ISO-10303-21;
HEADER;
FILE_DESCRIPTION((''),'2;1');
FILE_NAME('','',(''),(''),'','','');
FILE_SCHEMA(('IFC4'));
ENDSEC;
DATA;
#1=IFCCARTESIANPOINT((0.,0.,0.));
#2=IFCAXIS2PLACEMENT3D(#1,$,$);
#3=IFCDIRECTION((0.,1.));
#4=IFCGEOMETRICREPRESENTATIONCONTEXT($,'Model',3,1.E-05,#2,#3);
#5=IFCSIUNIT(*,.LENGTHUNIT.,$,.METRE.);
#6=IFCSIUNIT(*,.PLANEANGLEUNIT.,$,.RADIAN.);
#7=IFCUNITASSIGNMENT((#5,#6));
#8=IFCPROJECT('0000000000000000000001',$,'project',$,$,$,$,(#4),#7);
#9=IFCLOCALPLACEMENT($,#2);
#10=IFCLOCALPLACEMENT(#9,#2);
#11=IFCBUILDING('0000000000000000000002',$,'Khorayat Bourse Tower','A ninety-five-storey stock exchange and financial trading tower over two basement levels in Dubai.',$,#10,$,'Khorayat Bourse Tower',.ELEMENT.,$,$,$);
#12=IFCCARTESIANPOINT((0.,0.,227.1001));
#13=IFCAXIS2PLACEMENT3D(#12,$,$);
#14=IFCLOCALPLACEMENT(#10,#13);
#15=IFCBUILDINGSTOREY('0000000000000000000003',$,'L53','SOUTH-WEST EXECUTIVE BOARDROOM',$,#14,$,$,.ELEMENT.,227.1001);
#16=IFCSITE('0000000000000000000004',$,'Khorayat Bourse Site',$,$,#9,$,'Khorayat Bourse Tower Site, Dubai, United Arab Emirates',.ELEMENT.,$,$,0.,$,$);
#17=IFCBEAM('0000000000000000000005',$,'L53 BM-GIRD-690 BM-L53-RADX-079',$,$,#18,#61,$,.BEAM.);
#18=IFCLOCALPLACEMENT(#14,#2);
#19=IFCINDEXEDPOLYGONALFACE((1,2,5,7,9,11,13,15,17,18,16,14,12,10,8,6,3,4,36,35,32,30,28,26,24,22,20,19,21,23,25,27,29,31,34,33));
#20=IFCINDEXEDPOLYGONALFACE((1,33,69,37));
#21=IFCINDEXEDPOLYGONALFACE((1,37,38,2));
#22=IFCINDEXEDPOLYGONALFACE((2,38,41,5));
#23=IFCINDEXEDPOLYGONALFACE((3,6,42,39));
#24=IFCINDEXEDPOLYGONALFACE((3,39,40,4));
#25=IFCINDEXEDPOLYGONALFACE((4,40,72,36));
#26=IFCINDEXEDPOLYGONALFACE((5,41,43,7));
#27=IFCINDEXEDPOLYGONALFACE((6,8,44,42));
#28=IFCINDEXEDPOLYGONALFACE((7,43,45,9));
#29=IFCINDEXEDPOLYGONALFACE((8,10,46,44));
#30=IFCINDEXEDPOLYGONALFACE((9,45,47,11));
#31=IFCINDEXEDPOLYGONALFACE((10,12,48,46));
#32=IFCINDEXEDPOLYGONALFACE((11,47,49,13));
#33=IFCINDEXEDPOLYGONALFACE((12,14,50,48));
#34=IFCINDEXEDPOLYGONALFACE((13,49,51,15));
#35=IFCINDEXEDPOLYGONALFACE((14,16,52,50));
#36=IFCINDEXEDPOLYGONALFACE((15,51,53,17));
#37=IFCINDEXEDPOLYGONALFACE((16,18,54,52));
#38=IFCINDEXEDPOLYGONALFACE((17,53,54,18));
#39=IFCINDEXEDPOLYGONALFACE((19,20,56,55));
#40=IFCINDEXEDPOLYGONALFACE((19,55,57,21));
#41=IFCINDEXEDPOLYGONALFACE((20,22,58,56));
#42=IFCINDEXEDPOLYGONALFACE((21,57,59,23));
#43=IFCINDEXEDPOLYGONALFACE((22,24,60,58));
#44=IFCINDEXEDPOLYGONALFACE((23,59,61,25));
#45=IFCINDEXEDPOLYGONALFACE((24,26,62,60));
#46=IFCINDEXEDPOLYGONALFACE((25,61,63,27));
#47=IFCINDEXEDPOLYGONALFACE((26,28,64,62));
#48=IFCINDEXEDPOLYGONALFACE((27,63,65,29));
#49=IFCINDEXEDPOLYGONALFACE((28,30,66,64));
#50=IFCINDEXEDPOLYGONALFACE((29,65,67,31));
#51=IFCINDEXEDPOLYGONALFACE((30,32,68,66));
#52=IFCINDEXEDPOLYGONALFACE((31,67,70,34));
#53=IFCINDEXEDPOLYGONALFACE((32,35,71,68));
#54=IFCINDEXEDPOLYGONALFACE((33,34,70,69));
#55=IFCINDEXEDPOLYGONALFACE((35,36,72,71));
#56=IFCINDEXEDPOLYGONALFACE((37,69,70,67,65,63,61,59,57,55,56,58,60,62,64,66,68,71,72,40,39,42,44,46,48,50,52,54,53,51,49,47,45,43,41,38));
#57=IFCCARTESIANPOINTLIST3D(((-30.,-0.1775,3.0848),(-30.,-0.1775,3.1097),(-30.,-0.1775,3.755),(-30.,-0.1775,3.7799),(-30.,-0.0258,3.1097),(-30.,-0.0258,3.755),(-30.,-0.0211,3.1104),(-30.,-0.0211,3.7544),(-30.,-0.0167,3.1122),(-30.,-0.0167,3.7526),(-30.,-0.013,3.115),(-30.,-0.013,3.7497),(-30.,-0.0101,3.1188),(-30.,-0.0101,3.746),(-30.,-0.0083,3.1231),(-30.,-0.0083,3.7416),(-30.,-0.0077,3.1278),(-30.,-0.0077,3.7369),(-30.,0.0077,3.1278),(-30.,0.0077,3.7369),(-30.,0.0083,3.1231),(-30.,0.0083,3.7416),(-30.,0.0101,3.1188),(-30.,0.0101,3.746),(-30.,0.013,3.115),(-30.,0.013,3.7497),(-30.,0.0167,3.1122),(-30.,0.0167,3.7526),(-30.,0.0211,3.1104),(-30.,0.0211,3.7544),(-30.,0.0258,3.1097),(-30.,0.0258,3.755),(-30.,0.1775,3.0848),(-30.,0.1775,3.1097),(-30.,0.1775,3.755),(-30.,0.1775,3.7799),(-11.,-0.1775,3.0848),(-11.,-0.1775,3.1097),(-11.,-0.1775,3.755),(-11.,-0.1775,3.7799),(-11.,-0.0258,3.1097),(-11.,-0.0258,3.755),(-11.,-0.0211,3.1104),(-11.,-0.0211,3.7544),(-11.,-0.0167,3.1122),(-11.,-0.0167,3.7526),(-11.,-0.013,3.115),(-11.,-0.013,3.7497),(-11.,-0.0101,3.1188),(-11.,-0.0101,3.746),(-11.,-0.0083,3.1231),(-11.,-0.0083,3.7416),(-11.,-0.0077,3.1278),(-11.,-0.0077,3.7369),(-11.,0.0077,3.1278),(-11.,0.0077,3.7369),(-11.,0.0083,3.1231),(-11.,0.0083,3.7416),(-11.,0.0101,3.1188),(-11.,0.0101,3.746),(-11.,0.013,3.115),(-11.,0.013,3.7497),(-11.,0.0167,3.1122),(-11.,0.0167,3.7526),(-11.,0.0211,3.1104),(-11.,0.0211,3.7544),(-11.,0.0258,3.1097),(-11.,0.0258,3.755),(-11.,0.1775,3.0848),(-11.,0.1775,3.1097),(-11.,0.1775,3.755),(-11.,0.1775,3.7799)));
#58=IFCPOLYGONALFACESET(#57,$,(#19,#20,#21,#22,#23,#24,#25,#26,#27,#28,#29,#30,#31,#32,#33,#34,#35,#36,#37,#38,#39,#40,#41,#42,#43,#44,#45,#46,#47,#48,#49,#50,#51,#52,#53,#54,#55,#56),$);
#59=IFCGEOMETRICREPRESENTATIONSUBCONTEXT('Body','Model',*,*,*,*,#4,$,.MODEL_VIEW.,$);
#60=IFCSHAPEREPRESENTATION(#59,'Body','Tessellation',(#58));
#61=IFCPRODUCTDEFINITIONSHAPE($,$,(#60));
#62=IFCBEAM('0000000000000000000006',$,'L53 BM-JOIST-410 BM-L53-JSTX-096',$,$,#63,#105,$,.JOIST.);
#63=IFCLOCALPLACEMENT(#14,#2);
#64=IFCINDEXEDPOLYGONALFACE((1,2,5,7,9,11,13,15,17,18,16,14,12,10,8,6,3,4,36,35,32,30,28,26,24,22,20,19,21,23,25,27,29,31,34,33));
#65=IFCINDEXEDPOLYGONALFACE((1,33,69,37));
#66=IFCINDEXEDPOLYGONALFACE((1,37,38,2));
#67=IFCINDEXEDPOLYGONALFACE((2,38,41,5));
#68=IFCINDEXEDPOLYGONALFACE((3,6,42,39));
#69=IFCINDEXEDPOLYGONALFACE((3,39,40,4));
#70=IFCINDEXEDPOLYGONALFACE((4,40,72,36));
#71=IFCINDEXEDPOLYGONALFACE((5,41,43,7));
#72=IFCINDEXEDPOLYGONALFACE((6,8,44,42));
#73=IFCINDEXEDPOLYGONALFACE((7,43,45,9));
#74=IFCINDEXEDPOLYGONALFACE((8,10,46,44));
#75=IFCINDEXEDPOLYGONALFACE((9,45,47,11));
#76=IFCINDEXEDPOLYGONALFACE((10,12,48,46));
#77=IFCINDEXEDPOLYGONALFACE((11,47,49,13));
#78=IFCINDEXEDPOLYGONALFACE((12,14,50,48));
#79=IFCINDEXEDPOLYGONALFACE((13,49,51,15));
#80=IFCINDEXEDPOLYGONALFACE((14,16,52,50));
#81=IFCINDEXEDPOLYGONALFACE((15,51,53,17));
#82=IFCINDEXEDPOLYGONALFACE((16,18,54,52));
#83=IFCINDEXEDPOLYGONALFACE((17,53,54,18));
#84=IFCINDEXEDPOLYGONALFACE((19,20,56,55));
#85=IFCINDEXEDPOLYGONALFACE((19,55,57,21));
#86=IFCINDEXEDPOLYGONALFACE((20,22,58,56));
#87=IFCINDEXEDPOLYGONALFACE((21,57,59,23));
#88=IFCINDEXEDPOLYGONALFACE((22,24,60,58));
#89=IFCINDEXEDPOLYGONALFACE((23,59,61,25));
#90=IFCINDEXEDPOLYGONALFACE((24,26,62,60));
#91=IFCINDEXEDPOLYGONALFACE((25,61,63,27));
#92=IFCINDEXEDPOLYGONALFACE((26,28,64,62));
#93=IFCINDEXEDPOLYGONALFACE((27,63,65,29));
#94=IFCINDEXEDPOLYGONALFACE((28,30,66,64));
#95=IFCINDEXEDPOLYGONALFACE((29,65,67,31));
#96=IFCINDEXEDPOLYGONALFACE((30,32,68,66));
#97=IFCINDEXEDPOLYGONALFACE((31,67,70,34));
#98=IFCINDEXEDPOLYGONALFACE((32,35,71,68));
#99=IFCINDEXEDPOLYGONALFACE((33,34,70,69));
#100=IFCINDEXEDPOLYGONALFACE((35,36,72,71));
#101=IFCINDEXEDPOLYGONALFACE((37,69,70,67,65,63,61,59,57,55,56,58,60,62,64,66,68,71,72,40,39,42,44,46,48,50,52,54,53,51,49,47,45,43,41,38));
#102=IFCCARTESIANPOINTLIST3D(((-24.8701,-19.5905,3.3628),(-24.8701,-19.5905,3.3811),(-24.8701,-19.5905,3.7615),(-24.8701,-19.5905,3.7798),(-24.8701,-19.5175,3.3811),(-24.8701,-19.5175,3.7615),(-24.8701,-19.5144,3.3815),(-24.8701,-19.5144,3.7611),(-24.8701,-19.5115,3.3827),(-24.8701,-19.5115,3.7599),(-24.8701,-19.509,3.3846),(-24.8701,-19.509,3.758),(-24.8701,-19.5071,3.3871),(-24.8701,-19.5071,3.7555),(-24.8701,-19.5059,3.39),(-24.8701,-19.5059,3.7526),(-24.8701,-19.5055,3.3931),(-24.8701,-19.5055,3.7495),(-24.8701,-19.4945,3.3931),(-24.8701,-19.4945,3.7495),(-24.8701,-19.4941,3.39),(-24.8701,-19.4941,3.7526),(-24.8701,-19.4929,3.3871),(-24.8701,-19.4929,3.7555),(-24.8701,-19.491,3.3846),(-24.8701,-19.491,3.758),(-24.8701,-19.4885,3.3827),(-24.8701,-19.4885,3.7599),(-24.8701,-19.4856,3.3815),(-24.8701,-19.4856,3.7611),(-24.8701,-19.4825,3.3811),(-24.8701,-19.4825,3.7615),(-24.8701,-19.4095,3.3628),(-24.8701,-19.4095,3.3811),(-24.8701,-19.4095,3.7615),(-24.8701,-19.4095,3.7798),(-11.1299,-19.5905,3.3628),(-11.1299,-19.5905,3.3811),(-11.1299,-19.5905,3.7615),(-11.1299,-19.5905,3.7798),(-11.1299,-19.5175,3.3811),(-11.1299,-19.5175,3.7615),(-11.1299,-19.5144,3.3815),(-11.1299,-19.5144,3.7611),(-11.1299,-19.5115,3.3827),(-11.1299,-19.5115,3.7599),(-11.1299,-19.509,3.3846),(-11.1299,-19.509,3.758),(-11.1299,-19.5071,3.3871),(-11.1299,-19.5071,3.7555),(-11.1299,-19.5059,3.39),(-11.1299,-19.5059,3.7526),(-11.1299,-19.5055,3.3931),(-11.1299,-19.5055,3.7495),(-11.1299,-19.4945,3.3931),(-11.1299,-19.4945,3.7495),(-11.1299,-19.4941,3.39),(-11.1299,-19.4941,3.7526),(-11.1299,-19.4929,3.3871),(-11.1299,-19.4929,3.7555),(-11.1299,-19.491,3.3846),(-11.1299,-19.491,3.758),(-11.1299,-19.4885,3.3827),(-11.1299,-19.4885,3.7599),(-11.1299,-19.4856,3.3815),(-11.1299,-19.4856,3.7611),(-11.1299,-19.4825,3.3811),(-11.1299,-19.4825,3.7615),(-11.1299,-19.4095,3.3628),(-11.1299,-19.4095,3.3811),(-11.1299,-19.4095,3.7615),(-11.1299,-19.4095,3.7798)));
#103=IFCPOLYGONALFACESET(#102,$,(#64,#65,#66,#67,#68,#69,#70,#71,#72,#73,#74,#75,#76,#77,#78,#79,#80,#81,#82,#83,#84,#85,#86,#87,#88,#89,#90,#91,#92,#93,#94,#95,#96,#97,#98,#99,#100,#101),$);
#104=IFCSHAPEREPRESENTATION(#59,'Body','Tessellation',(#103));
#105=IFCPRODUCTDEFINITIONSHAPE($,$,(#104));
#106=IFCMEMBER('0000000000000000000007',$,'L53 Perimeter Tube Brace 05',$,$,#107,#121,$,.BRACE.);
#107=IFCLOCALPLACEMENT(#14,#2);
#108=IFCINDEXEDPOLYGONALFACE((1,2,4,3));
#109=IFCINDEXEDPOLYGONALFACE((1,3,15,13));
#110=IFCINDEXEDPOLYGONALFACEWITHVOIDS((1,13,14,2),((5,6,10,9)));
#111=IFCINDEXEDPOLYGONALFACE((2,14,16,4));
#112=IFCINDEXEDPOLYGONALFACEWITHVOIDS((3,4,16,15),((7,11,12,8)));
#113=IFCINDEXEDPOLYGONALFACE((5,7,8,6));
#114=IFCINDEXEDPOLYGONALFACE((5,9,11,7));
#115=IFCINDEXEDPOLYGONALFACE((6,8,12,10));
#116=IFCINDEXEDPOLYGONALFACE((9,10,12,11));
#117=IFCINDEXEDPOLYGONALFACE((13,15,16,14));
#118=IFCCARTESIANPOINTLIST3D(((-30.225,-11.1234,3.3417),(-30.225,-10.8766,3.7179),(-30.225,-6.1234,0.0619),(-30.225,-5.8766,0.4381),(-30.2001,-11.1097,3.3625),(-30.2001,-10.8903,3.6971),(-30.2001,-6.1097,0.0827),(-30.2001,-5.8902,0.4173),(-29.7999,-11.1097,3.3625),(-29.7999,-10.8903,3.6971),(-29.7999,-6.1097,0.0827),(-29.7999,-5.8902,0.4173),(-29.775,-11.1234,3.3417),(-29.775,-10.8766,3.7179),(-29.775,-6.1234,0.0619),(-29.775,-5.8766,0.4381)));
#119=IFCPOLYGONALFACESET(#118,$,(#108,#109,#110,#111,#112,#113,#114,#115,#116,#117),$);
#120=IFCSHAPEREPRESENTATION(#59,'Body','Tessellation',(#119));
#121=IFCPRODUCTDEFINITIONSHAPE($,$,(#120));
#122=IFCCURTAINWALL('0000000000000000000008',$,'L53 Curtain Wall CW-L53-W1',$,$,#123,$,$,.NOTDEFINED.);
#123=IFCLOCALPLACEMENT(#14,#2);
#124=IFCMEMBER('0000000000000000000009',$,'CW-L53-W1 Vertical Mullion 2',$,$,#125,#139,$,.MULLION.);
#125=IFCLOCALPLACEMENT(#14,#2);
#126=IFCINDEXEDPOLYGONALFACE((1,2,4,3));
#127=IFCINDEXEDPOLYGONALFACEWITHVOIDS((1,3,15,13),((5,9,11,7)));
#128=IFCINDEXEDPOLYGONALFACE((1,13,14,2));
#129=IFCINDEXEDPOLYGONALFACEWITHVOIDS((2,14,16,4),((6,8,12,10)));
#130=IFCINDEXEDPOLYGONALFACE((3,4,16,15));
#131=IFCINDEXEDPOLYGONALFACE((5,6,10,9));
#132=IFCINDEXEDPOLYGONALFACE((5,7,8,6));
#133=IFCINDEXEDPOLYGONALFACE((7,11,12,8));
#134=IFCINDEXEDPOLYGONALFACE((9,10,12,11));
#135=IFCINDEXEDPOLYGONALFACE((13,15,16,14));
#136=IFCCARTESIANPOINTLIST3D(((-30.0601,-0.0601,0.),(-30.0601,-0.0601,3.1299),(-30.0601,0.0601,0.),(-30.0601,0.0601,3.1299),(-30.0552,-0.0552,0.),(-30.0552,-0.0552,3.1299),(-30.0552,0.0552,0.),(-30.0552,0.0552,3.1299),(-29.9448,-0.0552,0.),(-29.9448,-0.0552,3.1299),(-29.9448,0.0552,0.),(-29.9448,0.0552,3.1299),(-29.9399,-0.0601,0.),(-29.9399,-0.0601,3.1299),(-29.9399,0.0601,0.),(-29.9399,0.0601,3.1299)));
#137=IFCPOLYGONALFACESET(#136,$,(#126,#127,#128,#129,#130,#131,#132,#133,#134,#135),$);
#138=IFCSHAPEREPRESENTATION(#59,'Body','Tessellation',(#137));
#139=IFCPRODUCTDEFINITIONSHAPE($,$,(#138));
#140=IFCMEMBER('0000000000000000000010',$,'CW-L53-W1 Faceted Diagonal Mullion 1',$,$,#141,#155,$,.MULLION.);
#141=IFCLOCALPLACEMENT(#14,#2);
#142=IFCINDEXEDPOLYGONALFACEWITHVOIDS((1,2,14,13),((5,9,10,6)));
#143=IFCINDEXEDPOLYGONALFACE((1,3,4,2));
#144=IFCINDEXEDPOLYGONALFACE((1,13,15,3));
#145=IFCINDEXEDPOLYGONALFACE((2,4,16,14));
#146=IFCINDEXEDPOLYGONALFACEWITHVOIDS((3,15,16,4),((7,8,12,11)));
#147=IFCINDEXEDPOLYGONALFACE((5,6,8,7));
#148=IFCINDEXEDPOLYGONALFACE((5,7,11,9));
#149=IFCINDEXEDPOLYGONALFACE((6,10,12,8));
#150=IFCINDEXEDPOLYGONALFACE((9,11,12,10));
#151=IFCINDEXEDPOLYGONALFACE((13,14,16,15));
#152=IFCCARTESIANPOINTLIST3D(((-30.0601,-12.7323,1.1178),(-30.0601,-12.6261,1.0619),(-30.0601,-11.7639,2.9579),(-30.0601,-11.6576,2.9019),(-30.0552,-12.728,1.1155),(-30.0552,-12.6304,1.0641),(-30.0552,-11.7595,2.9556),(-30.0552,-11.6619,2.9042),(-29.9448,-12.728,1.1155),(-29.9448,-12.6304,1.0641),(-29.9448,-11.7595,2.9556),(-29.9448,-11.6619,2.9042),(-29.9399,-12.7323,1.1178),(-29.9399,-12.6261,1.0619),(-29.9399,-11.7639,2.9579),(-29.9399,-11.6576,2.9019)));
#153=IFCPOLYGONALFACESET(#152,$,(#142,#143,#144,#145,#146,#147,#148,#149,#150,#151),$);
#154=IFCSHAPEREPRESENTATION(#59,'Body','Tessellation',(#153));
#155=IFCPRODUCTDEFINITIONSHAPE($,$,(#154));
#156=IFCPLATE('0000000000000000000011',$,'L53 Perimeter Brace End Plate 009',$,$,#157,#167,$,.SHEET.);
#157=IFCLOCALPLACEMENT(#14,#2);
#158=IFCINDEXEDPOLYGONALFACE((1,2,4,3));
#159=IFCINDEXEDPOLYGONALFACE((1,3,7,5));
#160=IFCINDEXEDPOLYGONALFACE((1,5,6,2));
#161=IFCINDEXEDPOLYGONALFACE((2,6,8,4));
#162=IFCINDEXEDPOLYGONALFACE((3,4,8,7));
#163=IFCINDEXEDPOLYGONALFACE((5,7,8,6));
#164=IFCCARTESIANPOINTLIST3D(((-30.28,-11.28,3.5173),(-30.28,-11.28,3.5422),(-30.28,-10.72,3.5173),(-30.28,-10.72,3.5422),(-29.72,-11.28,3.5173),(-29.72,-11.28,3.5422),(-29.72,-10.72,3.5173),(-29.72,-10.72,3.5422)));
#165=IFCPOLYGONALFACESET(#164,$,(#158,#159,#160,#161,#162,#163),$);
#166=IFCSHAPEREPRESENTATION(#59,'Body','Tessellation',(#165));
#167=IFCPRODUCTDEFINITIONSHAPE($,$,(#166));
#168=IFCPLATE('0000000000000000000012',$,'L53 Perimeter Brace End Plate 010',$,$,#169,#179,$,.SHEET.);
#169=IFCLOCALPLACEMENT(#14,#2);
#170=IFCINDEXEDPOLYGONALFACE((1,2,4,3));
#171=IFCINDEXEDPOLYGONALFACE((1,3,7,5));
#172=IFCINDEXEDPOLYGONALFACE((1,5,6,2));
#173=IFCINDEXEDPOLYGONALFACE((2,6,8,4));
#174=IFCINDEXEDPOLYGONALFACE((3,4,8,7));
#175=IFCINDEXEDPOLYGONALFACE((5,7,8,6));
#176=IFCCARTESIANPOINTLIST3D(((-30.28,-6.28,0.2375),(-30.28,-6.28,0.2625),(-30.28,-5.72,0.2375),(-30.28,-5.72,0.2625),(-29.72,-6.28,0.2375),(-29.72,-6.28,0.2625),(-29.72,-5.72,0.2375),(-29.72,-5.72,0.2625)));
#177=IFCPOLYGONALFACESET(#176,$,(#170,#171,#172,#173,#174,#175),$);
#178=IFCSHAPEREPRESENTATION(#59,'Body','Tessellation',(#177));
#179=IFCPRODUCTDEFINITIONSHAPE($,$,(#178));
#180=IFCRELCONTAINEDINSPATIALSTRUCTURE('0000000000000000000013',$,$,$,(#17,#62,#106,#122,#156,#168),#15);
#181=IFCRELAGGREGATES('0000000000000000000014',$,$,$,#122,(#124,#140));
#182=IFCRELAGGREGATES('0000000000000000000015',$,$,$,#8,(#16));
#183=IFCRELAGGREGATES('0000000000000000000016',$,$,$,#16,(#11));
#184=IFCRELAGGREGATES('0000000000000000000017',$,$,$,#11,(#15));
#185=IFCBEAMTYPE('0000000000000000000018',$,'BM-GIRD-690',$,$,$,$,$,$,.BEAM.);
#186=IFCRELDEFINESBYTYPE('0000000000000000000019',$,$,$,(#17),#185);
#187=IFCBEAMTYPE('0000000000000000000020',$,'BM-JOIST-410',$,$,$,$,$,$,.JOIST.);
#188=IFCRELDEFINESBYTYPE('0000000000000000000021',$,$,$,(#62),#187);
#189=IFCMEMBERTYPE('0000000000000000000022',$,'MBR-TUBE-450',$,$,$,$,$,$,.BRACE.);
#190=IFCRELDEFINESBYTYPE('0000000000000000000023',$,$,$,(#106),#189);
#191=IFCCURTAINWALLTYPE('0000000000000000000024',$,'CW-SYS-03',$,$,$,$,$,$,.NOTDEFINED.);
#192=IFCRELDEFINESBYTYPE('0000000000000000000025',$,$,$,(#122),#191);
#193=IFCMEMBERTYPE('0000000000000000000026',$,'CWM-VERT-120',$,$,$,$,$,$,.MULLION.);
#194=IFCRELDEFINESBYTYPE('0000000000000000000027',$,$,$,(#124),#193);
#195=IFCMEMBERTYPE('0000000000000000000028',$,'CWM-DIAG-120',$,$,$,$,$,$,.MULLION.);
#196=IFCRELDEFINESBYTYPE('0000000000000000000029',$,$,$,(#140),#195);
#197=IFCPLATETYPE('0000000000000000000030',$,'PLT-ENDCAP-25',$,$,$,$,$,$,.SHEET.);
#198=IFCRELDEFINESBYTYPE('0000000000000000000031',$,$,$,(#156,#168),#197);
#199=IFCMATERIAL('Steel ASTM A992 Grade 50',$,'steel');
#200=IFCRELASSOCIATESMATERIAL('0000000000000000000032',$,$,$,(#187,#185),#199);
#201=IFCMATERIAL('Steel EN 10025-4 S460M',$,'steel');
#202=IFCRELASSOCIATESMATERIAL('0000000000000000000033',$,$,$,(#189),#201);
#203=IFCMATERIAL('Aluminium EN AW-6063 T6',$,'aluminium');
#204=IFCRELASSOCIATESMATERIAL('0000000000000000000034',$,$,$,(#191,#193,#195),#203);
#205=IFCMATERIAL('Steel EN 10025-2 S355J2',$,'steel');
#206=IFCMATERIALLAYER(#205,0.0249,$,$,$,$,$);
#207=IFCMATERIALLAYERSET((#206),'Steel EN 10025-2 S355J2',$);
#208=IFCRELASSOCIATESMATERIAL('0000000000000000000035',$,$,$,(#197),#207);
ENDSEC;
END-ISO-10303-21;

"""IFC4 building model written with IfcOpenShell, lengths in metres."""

from ifc_helpers import new_model, si_unit, direction, frame, origin, origin_2d, place, context, subcontext, project, spatial, rectangle, hollow_rectangle, i_section, extrude, source, transform, mapped, material, layer, layer_set, material_profile, profile_set, type_object, element, aggregate, save


model = new_model("IFC4")

# Units and contexts
model_context = context("Model", 3, precision=1e-05, world=origin(), true_north=direction((0.0, 1.0)))
body_context = subcontext(model_context, "Body", "Model", "MODEL_VIEW")
ifc_project = project(units=[si_unit("LENGTHUNIT", "METRE"), si_unit("PLANEANGLEUNIT", "RADIAN")], contexts=[model_context])

# Site, building, storey
site_placement = place(None, origin())
site = spatial("IfcSite", under=ifc_project, at=site_placement, Name="Khorayat Bourse Site", LongName="Khorayat Bourse Tower Site, Dubai, United Arab Emirates", CompositionType="ELEMENT", RefElevation=0.0)
building_placement = place(site_placement, origin())
building = spatial("IfcBuilding", under=site, at=building_placement, Name="Khorayat Bourse Tower", Description="A ninety-five-storey stock exchange and financial trading tower over two basement levels in Dubai.", LongName="Khorayat Bourse Tower", CompositionType="ELEMENT")
storey_placement = place(building_placement, frame((0.0, 0.0, 227.1001)))
storey = spatial("IfcBuildingStorey", under=building, at=storey_placement, Name="L53", Description="SOUTH-WEST EXECUTIVE BOARDROOM", CompositionType="ELEMENT", Elevation=227.1001)

# Shared definitions
ifc_material_1 = material(Name="Steel EN 10025-4 S460M", Category="steel")

# Beams
ifc_material_2 = material(Name="Steel ASTM A992 Grade 50", Category="steel")
ifc_material_profile_1 = material_profile(ifc_material_2, i_section(OverallWidth=0.1809, OverallDepth=0.417, WebThickness=0.011, FlangeThickness=0.0183, FilletRadius=0.012, at=origin_2d()), Name="W410X85")
ifc_profile_set_1 = profile_set([ifc_material_profile_1], Name="Steel ASTM A992 Grade 50")
beam_type_1 = type_object("IfcBeamType", Name="BM-JOIST-410", PredefinedType="JOIST", material=ifc_profile_set_1)
ifc_material_profile_2 = material_profile(ifc_material_2, i_section(OverallWidth=0.355, OverallDepth=0.6951, WebThickness=0.0154, FlangeThickness=0.0249, FilletRadius=0.0181, at=origin_2d()), Name="W690X217")
ifc_profile_set_2 = profile_set([ifc_material_profile_2], Name="Steel ASTM A992 Grade 50")
beam_type_2 = type_object("IfcBeamType", Name="BM-GIRD-690", PredefinedType="BEAM", material=ifc_profile_set_2)
shared_shape_1 = source(origin(), body_context, "Body", "SweptSolid", [
    extrude(i_section(OverallWidth=0.355, OverallDepth=0.6951, WebThickness=0.0154, FlangeThickness=0.0249, FilletRadius=0.0181, at=origin_2d()), origin(), (0.0, 0.0, 1.0), 19.0),
])
for number, where, z_axis, x_axis, name in (
    (1, (-30.0, 0.0, 3.4324), (1.0, 0.0, 0.0), (0.0, 1.0, 0.0), "L53 BM-GIRD-690 BM-L53-RADX-079"),
):
    element("IfcBeam", number, at=place(storey_placement, frame(where, z_axis=z_axis, x_axis=x_axis)), inside=storey, type_object=beam_type_2, Name=name, PredefinedType="BEAM", context=body_context, shape_type="MappedRepresentation", body=[
        mapped(shared_shape_1, transform((0.0, 0.0, 0.0), scale=1.0)),
    ])
shared_shape_2 = source(origin(), body_context, "Body", "SweptSolid", [
    extrude(i_section(OverallWidth=0.1809, OverallDepth=0.417, WebThickness=0.011, FlangeThickness=0.0183, FilletRadius=0.012, at=origin_2d()), origin(), (0.0, 0.0, 1.0), 13.7402),
])
beam_1_placement = place(storey_placement, frame((-24.8701, -19.5, 3.5713), z_axis=(1.0, 0.0, 0.0), x_axis=(0.0, 1.0, 0.0)))
element("IfcBeam", 2, at=beam_1_placement, inside=storey, type_object=beam_type_1, Name="L53 BM-JOIST-410 BM-L53-JSTX-096", PredefinedType="JOIST", context=body_context, shape_type="MappedRepresentation", body=[
    mapped(shared_shape_2, transform((0.0, 0.0, 0.0), scale=1.0)),
])

# Member
ifc_material_profile_3 = material_profile(ifc_material_1, hollow_rectangle(XDim=0.45, YDim=0.45, WallThickness=0.0249, at=origin_2d()), Name="HSS 450x450x25")
ifc_profile_set_3 = profile_set([ifc_material_profile_3], Name="Steel EN 10025-4 S460M")
member_type_1 = type_object("IfcMemberType", Name="MBR-TUBE-450", PredefinedType="BRACE", material=ifc_profile_set_3)
shared_shape_3 = source(origin(), body_context, "Body", "SweptSolid", [
    extrude(hollow_rectangle(XDim=0.45, YDim=0.45, WallThickness=0.0249, at=origin_2d()), origin(), (0.0, 0.0, 1.0), 5.9797),
])
member_1_placement = place(storey_placement, frame((-30.0, -11.0, 3.5298), z_axis=(0.0, 0.83616, -0.548485), x_axis=(-1.0, 0.0, 0.0)))
element("IfcMember", 3, at=member_1_placement, inside=storey, type_object=member_type_1, Name="L53 Perimeter Tube Brace 05", PredefinedType="BRACE", context=body_context, shape_type="MappedRepresentation", body=[
    mapped(shared_shape_3, transform((0.0, 0.0, 0.0), scale=1.0)),
])

# Curtain wall, members
ifc_material_3 = material(Name="Aluminium EN AW-6063 T6", Category="aluminium")
curtain_wall_type = type_object("IfcCurtainWallType", Name="CW-SYS-03", PredefinedType="NOTDEFINED", material=ifc_material_3)
curtain_wall_placement = place(storey_placement, origin())
curtain_wall = element("IfcCurtainWall", 4, at=curtain_wall_placement, inside=storey, type_object=curtain_wall_type, Name="L53 Curtain Wall CW-L53-W1", PredefinedType="NOTDEFINED")
ifc_material_profile_4 = material_profile(ifc_material_3, hollow_rectangle(XDim=0.1201, YDim=0.1201, WallThickness=0.0049, at=origin_2d()), Name="ALU 120x120x5")
ifc_profile_set_4 = profile_set([ifc_material_profile_4], Name="Aluminium EN AW-6063 T6")
member_type_2 = type_object("IfcMemberType", Name="CWM-VERT-120", PredefinedType="MULLION", material=ifc_profile_set_4)
shared_shape_4 = source(origin(), body_context, "Body", "SweptSolid", [
    extrude(hollow_rectangle(XDim=0.1201, YDim=0.1201, WallThickness=0.0049, at=origin_2d()), origin(), (0.0, 0.0, 1.0), 3.1299),
])
member_2_placement = place(storey_placement, frame((-30.0, 0.0, 0.0), z_axis=(0.0, 0.0, 1.0), x_axis=(-1.0, 0.0, 0.0)))
member_2 = element("IfcMember", 5, at=member_2_placement, type_object=member_type_2, Name="CW-L53-W1 Vertical Mullion 2", PredefinedType="MULLION", context=body_context, shape_type="MappedRepresentation", body=[
    mapped(shared_shape_4, transform((0.0, 0.0, 0.0), scale=1.0)),
])
ifc_material_profile_5 = material_profile(ifc_material_3, hollow_rectangle(XDim=0.1201, YDim=0.1201, WallThickness=0.0049, at=origin_2d()), Name="ALU 120x120x5")
ifc_profile_set_5 = profile_set([ifc_material_profile_5], Name="Aluminium EN AW-6063 T6")
member_type_3 = type_object("IfcMemberType", Name="CWM-DIAG-120", PredefinedType="MULLION", material=ifc_profile_set_5)
shared_shape_5 = source(origin(), body_context, "Body", "SweptSolid", [
    extrude(hollow_rectangle(XDim=0.1201, YDim=0.1201, WallThickness=0.0049, at=origin_2d()), origin(), (0.0, 0.0, 1.0), 2.0793),
])
member_3_placement = place(storey_placement, frame((-30.0, -12.6792, 1.0898), z_axis=(0.0, 0.465761, 0.884911), x_axis=(-1.0, 0.0, 0.0)))
member_3 = element("IfcMember", 6, at=member_3_placement, type_object=member_type_3, Name="CW-L53-W1 Faceted Diagonal Mullion 1", PredefinedType="MULLION", context=body_context, shape_type="MappedRepresentation", body=[
    mapped(shared_shape_5, transform((0.0, 0.0, 0.0), scale=1.0)),
])

# Plates
ifc_material_4 = material(Name="Steel EN 10025-2 S355J2", Category="steel")
ifc_layer_1 = layer(ifc_material_4, 0.0249)
ifc_layer_set_1 = layer_set([ifc_layer_1], Name="Steel EN 10025-2 S355J2")
plate_type_1 = type_object("IfcPlateType", Name="PLT-ENDCAP-25", PredefinedType="SHEET", material=ifc_layer_set_1)
shared_shape_6 = source(origin(), body_context, "Body", "SweptSolid", [
    extrude(rectangle(XDim=0.5601, YDim=0.5601, at=origin_2d()), origin(), (0.0, 0.0, 1.0), 0.0249),
])
for number, where, z_axis, x_axis, name in (
    (7, (-30.0, -11.0, 3.5173), (0.0, 0.0, 1.0), (1.0, 0.0, 0.0), "L53 Perimeter Brace End Plate 009"),
    (8, (-30.0, -6.0, 0.2375), (0.0, 0.0, 1.0), (1.0, 0.0, 0.0), "L53 Perimeter Brace End Plate 010"),
):
    element("IfcPlate", number, at=place(storey_placement, frame(where, z_axis=z_axis, x_axis=x_axis)), inside=storey, type_object=plate_type_1, Name=name, PredefinedType="SHEET", context=body_context, shape_type="MappedRepresentation", body=[
        mapped(shared_shape_6, transform((0.0, 0.0, 0.0), scale=1.0)),
    ])

aggregate(curtain_wall, [member_2, member_3])

save(model, "model.ifc")
